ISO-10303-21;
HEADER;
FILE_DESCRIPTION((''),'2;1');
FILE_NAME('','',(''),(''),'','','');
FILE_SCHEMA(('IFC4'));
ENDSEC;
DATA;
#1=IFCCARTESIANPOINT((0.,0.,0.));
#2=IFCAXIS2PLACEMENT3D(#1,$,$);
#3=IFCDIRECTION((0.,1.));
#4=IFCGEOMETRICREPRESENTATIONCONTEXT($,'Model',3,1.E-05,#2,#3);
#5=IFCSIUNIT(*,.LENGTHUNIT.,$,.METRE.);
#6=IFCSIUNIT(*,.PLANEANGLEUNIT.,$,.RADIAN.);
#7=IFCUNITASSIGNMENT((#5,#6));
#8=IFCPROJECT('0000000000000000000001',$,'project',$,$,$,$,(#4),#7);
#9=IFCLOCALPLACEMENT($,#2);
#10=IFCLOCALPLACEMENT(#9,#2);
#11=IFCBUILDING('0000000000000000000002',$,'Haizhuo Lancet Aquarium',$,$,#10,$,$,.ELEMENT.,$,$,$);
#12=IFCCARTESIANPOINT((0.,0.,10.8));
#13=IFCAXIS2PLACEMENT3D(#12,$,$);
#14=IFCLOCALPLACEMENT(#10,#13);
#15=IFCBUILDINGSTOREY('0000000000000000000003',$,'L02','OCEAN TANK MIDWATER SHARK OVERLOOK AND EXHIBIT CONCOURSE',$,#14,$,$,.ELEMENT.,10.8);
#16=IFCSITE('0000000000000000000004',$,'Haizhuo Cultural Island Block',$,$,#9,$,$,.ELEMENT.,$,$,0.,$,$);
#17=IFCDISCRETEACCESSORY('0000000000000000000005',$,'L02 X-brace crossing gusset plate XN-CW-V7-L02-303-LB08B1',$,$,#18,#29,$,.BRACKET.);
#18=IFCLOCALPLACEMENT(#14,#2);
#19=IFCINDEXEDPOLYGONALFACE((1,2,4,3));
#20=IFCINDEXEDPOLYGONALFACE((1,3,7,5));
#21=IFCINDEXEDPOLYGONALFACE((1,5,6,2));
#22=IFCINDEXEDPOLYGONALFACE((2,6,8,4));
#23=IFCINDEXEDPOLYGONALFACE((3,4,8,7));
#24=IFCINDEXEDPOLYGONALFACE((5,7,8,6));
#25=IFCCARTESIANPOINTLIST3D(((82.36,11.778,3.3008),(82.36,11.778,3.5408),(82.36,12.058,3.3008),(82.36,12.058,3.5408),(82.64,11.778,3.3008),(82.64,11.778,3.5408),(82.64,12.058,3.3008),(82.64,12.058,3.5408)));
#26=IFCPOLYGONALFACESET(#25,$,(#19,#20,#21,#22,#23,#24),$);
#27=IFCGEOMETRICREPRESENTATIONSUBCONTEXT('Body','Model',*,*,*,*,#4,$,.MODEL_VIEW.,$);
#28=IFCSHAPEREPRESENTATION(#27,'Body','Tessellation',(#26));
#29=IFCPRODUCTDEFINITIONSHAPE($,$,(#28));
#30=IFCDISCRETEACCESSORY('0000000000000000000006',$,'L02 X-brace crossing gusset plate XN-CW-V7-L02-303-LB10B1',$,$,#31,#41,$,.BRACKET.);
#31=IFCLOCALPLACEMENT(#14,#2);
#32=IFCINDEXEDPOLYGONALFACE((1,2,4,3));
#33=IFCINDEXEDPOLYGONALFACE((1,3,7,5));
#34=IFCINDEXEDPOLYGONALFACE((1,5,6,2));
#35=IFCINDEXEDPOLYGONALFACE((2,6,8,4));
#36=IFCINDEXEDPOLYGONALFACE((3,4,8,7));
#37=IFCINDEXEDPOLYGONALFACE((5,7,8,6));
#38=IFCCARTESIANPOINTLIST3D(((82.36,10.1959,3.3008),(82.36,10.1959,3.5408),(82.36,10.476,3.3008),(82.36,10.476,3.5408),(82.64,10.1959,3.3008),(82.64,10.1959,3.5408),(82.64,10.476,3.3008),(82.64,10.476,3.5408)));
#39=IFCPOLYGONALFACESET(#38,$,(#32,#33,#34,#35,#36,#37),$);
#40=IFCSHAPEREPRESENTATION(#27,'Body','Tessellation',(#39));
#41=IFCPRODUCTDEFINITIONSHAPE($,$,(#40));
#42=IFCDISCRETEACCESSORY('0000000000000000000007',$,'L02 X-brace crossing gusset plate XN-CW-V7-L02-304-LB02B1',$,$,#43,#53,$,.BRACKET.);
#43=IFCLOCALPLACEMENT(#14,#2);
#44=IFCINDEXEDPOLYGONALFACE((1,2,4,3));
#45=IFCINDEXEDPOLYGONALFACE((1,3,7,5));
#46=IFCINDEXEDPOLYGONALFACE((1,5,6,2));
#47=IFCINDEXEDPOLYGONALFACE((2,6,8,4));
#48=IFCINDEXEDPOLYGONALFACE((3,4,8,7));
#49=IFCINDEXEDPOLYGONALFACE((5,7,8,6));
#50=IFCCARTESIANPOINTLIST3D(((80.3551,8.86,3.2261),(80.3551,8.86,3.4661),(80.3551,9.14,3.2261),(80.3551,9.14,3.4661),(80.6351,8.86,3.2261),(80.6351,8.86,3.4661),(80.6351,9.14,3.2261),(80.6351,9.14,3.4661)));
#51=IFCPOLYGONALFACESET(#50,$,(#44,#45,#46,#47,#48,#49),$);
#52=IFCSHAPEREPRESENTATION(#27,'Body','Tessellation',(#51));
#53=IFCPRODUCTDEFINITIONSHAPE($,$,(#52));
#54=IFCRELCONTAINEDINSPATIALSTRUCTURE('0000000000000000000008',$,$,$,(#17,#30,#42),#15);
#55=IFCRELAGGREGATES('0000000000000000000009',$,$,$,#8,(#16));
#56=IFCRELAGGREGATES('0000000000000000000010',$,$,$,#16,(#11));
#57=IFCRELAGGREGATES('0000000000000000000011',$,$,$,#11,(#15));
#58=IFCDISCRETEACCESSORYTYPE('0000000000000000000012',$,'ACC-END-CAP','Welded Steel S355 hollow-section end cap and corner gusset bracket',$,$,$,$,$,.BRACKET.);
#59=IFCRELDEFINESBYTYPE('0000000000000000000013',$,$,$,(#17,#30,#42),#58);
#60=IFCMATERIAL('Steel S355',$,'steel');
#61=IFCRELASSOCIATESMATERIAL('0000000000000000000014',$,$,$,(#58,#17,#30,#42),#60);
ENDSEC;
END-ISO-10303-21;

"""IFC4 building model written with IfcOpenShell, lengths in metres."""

from ifc_helpers import new_model, si_unit, direction, frame, origin, origin_2d, place, context, subcontext, project, spatial, rectangle, extrude, material, type_object, element, save


model = new_model("IFC4")

# Units and contexts
model_context = context("Model", 3, precision=1e-05, world=origin(), true_north=direction((0.0, 1.0)))
body_context = subcontext(model_context, "Body", "Model", "MODEL_VIEW")
ifc_project = project(units=[si_unit("LENGTHUNIT", "METRE"), si_unit("PLANEANGLEUNIT", "RADIAN")], contexts=[model_context])

# Site, building, storey
site_placement = place(None, origin())
site = spatial("IfcSite", under=ifc_project, at=site_placement, Name="Haizhuo Cultural Island Block", CompositionType="ELEMENT", RefElevation=0.0)
building_placement = place(site_placement, origin())
building = spatial("IfcBuilding", under=site, at=building_placement, Name="Haizhuo Lancet Aquarium", CompositionType="ELEMENT")
storey_placement = place(building_placement, frame((0.0, 0.0, 10.8)))
storey = spatial("IfcBuildingStorey", under=building, at=storey_placement, Name="L02", Description="OCEAN TANK MIDWATER SHARK OVERLOOK AND EXHIBIT CONCOURSE", CompositionType="ELEMENT", Elevation=10.8)

# Shared definitions
ifc_material_1 = material(Name="Steel S355", Category="steel")

# Discrete accessories
discrete_accessory_type = type_object("IfcDiscreteAccessoryType", Name="ACC-END-CAP", Description="Welded Steel S355 hollow-section end cap and corner gusset bracket", PredefinedType="BRACKET", material=ifc_material_1)
for number, where, z_axis, x_axis, name in (
    (1, (82.5, 11.918, 3.3008), (0.0, 0.0, 1.0), (1.0, 0.0, 0.0), "L02 X-brace crossing gusset plate XN-CW-V7-L02-303-LB08B1"),
    (2, (82.5, 10.3359, 3.3008), (0.0, 0.0, 1.0), (1.0, 0.0, 0.0), "L02 X-brace crossing gusset plate XN-CW-V7-L02-303-LB10B1"),
    (3, (80.4951, 9.0, 3.2261), (0.0, 0.0, 1.0), (1.0, 0.0, 0.0), "L02 X-brace crossing gusset plate XN-CW-V7-L02-304-LB02B1"),
):
    element("IfcDiscreteAccessory", number, at=place(storey_placement, frame(where, z_axis=z_axis, x_axis=x_axis)), inside=storey, type_object=discrete_accessory_type, material=ifc_material_1, Name=name, PredefinedType="BRACKET", context=body_context, shape_type="SweptSolid", body=[
        extrude(rectangle(XDim=0.28, YDim=0.28, at=origin_2d()), origin(), (0.0, 0.0, 1.0), 0.24),
    ])

save(model, "model.ifc")
